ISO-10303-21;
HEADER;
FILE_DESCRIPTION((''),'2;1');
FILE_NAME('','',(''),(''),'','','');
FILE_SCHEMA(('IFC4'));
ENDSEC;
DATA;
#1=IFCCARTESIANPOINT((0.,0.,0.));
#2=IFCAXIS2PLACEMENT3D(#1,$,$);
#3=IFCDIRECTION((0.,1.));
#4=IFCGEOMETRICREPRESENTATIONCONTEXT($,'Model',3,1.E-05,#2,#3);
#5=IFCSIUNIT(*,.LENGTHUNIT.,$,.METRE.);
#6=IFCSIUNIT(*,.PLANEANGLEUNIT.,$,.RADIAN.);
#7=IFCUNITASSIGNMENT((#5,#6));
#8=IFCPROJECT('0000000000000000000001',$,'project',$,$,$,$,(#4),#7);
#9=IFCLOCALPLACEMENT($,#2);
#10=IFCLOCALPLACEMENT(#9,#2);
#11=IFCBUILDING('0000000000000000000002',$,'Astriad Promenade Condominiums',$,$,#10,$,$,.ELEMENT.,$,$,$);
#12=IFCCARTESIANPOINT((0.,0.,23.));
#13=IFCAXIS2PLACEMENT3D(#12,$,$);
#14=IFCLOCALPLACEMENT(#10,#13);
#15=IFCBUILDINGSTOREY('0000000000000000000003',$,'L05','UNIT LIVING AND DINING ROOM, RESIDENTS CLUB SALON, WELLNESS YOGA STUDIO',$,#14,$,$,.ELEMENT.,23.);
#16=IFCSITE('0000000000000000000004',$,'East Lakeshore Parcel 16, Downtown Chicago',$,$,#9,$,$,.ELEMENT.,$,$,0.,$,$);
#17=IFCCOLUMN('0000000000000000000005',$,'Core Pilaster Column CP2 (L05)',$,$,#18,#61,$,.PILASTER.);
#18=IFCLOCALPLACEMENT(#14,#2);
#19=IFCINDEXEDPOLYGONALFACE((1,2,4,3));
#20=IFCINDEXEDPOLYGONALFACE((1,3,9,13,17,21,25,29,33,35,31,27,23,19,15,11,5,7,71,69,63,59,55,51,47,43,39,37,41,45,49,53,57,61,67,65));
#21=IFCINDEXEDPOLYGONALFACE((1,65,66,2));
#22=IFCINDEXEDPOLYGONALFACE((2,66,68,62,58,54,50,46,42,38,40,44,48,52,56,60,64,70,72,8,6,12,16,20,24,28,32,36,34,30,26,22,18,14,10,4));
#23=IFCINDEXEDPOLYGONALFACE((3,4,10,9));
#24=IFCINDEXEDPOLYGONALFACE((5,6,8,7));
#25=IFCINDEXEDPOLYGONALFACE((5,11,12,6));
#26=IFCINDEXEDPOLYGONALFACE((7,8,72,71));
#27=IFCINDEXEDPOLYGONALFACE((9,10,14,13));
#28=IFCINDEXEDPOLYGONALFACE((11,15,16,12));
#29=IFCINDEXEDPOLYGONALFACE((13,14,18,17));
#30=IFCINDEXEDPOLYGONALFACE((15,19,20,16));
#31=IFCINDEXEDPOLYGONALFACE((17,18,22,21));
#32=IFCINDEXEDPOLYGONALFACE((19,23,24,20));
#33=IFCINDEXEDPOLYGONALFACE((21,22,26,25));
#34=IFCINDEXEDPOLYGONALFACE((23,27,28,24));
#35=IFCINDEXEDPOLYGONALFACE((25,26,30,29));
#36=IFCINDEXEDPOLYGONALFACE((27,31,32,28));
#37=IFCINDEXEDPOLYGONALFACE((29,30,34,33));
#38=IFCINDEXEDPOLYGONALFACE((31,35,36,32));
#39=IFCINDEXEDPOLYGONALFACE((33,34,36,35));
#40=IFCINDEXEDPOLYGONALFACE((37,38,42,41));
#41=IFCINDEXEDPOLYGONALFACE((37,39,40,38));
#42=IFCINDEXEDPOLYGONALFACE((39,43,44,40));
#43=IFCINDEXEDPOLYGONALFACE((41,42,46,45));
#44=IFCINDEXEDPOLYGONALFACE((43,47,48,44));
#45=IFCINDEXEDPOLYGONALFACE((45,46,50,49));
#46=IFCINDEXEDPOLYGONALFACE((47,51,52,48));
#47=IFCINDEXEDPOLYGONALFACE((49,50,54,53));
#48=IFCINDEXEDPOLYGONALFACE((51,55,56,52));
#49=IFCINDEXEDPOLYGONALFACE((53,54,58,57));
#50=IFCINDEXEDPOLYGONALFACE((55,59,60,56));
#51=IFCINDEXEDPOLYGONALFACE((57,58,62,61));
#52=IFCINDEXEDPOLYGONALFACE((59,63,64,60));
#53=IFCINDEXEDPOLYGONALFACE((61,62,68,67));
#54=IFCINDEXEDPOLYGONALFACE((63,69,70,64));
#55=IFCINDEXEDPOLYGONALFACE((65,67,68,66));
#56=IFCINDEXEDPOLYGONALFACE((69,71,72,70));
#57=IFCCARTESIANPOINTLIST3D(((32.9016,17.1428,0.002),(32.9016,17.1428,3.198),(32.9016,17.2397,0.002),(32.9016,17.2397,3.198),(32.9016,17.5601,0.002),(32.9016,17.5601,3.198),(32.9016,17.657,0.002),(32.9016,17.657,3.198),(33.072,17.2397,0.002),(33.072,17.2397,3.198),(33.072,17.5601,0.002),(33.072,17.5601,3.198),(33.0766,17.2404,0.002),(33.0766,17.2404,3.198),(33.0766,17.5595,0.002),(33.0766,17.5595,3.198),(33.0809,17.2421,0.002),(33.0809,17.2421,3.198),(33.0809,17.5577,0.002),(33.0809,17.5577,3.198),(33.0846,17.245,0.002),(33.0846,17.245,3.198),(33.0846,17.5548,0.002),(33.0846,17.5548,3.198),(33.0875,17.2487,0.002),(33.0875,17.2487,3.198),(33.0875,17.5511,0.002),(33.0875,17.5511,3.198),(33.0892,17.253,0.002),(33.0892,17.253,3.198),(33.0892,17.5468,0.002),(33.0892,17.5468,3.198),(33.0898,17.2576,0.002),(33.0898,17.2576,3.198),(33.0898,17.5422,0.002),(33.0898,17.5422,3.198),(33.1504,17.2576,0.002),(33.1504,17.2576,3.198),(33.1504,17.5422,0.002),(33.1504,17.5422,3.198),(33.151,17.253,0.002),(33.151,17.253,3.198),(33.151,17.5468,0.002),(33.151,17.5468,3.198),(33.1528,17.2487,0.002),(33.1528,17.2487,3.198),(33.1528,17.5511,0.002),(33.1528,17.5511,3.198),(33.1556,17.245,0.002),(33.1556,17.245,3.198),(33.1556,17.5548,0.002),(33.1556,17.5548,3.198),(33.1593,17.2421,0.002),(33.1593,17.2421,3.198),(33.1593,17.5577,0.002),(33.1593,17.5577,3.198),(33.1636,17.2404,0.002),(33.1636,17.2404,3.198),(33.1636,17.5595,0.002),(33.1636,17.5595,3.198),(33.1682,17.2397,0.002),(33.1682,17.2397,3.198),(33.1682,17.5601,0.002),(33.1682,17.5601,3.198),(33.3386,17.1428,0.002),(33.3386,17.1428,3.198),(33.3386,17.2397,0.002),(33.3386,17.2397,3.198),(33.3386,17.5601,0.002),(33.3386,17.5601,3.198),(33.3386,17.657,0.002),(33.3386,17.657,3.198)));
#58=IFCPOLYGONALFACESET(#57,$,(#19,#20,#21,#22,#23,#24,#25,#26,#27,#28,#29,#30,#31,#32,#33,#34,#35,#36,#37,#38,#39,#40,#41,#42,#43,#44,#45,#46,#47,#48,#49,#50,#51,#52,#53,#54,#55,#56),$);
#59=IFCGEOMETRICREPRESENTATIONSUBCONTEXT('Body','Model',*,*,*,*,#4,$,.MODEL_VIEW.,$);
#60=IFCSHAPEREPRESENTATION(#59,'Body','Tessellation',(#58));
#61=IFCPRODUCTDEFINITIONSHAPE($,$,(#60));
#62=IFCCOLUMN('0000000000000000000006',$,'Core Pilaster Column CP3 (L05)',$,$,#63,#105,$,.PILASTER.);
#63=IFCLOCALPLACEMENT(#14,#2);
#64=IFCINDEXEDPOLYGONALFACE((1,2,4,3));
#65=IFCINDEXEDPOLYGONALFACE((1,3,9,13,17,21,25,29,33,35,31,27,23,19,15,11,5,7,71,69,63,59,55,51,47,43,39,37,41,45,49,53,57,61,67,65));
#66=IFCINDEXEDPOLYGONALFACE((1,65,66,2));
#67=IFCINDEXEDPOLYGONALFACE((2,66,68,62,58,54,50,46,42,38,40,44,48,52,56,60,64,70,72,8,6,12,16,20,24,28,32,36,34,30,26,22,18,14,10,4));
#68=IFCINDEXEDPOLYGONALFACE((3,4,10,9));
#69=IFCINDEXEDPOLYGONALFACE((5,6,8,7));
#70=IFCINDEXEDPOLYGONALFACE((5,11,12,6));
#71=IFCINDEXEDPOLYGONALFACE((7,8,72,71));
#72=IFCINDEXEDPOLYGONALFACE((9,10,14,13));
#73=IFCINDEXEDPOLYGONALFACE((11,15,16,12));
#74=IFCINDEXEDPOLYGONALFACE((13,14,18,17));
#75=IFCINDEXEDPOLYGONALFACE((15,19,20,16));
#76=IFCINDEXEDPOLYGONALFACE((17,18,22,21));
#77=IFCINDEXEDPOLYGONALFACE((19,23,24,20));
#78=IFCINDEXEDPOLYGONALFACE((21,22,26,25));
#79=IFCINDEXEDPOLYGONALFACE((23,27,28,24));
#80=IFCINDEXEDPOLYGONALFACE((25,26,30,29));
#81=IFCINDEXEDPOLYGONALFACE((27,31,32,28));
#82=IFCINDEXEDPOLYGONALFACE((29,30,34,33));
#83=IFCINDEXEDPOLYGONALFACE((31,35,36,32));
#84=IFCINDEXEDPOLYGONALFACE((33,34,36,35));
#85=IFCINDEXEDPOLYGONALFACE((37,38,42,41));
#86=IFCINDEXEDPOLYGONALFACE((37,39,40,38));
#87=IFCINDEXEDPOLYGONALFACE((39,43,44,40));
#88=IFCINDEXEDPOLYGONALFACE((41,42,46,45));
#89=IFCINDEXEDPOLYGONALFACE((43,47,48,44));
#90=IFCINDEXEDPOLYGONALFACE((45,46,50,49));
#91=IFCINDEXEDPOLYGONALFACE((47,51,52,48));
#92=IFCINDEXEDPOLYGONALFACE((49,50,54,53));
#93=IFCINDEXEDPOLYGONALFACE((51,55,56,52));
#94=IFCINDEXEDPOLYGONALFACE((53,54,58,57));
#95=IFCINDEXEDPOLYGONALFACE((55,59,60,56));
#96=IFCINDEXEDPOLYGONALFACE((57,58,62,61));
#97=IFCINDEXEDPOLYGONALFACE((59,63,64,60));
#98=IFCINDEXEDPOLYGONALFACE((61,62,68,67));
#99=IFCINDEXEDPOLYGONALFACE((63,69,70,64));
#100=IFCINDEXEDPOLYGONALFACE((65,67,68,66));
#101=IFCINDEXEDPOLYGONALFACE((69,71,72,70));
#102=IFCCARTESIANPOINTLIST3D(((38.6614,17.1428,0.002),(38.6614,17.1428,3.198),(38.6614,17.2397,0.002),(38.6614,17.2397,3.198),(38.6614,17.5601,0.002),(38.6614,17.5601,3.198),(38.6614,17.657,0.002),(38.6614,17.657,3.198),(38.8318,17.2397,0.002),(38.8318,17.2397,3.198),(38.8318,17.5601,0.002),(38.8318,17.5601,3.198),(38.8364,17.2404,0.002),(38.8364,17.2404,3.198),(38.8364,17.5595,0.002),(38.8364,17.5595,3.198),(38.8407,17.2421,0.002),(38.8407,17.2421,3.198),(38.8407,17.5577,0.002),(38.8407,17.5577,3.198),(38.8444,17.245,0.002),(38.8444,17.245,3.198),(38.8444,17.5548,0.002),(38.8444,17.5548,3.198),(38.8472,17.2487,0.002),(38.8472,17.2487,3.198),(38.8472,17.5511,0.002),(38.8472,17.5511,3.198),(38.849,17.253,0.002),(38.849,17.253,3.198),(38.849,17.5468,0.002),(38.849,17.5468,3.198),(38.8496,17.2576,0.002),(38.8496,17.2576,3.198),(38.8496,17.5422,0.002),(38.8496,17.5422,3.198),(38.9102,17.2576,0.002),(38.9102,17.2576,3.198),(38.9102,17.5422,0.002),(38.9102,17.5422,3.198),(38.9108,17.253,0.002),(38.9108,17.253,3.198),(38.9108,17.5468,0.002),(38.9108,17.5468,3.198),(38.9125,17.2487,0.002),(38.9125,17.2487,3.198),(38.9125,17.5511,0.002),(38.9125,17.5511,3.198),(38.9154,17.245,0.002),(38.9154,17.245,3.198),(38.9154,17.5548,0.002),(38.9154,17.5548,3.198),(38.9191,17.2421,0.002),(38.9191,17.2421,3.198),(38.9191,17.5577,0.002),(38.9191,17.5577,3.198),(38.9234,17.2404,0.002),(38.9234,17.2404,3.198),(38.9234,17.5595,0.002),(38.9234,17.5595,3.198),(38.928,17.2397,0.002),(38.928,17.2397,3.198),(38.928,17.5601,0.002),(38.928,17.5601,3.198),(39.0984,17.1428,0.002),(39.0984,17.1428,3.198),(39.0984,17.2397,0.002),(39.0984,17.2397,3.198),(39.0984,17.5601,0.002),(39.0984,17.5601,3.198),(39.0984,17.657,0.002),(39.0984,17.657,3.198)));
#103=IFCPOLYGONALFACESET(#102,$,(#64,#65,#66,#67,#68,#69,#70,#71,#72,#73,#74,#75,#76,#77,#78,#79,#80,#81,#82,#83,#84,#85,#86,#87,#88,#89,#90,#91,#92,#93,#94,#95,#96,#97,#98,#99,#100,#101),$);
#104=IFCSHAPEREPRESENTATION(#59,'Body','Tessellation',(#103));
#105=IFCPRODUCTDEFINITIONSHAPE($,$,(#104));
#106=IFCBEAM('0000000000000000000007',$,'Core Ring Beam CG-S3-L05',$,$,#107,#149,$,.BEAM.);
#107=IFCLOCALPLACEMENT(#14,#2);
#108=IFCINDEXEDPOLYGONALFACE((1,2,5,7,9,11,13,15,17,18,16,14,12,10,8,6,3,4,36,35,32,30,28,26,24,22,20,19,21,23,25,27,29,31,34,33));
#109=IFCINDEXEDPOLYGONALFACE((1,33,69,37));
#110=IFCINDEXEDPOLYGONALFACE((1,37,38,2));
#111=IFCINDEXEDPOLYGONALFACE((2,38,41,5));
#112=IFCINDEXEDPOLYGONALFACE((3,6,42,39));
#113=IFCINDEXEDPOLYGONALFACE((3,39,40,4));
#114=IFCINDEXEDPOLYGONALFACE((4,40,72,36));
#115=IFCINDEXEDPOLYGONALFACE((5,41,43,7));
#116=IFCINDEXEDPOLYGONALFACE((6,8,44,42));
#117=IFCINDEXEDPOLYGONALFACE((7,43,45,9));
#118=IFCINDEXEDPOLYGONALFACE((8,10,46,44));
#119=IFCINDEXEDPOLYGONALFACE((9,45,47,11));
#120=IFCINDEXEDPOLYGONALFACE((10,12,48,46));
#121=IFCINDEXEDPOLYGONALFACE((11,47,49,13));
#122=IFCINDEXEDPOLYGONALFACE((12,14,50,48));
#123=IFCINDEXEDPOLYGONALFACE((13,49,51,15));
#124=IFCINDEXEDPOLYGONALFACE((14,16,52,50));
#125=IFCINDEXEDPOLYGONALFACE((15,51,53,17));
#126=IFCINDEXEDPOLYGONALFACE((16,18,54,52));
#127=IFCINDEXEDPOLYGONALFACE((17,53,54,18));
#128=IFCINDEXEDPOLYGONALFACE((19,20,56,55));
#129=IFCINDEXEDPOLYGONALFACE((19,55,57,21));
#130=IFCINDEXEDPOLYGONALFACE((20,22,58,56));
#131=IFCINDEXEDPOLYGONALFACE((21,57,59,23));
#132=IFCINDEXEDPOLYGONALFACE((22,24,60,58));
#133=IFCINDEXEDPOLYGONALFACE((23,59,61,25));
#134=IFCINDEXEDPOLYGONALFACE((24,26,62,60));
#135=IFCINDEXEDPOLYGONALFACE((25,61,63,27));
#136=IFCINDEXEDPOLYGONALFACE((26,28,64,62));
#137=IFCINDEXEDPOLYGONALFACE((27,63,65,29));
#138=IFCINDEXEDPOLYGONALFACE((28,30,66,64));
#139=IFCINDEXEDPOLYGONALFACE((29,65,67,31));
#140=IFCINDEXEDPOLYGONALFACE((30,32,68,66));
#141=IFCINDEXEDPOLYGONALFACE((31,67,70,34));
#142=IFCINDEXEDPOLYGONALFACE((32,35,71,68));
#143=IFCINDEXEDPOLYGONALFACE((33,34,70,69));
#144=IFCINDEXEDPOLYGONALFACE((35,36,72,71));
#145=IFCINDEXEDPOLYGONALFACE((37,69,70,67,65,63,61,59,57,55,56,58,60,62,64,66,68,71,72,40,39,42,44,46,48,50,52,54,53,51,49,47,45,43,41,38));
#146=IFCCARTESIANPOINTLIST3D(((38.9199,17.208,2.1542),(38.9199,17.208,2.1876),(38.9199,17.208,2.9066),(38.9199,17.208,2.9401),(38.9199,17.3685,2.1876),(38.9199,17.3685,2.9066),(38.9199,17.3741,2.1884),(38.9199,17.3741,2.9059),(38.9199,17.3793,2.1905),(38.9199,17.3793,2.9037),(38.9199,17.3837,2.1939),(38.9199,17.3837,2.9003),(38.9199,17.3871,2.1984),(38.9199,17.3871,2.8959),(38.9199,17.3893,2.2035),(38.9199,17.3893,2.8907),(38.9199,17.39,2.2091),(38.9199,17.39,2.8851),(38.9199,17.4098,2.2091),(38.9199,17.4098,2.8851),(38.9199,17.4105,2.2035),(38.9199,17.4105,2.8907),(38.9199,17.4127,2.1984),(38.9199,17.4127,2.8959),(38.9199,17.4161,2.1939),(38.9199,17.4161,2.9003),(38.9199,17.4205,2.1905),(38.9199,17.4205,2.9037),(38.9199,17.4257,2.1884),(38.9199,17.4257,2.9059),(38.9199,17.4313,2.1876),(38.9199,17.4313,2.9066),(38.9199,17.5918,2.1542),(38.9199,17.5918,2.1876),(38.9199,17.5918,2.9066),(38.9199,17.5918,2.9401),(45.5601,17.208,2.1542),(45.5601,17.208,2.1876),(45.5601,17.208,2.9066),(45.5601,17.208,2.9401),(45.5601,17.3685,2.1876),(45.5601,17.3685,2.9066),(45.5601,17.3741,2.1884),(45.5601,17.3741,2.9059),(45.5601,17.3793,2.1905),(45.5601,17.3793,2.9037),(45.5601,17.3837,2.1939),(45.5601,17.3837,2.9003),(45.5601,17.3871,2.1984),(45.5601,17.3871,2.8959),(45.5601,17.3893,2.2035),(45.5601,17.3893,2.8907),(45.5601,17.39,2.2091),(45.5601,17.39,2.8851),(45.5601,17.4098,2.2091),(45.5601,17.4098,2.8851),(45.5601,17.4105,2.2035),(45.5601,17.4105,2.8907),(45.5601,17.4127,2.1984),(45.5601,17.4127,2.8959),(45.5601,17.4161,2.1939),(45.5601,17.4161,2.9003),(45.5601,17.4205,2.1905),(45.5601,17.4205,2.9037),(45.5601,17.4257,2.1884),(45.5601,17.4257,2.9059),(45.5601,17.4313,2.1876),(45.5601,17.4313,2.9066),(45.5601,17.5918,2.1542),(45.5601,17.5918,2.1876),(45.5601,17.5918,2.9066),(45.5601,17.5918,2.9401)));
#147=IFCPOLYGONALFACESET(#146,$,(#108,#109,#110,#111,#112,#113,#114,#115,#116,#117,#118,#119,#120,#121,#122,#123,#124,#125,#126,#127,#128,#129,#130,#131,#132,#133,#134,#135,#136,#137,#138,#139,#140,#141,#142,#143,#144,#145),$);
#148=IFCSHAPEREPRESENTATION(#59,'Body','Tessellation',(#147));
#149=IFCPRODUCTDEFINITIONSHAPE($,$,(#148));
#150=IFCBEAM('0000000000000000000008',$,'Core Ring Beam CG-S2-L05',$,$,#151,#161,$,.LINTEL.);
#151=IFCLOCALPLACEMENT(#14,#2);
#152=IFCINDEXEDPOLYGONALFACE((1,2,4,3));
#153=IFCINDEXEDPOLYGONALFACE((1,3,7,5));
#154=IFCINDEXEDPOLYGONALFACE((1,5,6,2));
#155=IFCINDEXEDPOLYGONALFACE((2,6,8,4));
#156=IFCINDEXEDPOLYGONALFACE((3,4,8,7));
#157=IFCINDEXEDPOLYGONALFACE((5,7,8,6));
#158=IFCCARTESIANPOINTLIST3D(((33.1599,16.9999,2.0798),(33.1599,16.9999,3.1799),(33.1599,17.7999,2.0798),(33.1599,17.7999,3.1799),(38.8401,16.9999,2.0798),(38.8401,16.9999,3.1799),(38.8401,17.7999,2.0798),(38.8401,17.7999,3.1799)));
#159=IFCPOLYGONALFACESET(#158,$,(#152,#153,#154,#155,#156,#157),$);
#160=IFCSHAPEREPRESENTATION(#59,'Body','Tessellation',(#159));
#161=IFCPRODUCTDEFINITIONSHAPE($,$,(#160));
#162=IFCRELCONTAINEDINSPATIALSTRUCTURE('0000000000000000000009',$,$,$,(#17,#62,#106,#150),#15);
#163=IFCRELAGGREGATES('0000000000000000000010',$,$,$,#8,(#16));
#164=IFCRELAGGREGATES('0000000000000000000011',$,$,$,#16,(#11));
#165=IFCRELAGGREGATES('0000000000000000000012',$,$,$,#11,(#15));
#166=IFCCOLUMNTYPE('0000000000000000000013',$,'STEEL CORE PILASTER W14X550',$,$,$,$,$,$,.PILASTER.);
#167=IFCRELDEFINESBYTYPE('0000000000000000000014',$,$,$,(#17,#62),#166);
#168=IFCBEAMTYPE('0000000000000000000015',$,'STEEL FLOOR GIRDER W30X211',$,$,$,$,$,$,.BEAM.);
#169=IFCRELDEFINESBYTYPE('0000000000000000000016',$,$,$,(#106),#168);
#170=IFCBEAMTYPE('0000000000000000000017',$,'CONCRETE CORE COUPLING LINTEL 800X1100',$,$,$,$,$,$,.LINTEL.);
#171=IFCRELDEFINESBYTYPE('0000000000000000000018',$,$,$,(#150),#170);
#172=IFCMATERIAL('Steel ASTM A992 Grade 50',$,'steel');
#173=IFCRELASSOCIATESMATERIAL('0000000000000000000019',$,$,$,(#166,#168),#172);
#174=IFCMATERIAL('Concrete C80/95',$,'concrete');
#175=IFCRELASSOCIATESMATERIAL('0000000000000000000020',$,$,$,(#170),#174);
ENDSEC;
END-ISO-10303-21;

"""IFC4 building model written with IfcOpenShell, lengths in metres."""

from ifc_helpers import new_model, si_unit, direction, frame, origin, origin_2d, place, context, subcontext, project, spatial, rectangle, i_section, extrude, source, transform, mapped, material, material_profile, profile_set, type_object, type_shapes, element, save


model = new_model("IFC4")

# Units and contexts
model_context = context("Model", 3, precision=1e-05, world=origin(), true_north=direction((0.0, 1.0)))
body_context = subcontext(model_context, "Body", "Model", "MODEL_VIEW")
ifc_project = project(units=[si_unit("LENGTHUNIT", "METRE"), si_unit("PLANEANGLEUNIT", "RADIAN")], contexts=[model_context])

# Site, building, storey
site_placement = place(None, origin())
site = spatial("IfcSite", under=ifc_project, at=site_placement, Name="East Lakeshore Parcel 16, Downtown Chicago", CompositionType="ELEMENT", RefElevation=0.0)
building_placement = place(site_placement, origin())
building = spatial("IfcBuilding", under=site, at=building_placement, Name="Astriad Promenade Condominiums", CompositionType="ELEMENT")
storey_placement = place(building_placement, frame((0.0, 0.0, 23.0)))
storey = spatial("IfcBuildingStorey", under=building, at=storey_placement, Name="L05", Description="UNIT LIVING AND DINING ROOM, RESIDENTS CLUB SALON, WELLNESS YOGA STUDIO", CompositionType="ELEMENT", Elevation=23.0)

# Columns
ifc_material_1 = material(Name="Steel ASTM A992 Grade 50", Category="steel")
ifc_material_profile_1 = material_profile(ifc_material_1, i_section(OverallWidth=0.437, OverallDepth=0.5142, WebThickness=0.0605, FlangeThickness=0.0969, FilletRadius=0.0178, at=origin_2d()), Name="W14X550")
ifc_profile_set_1 = profile_set([ifc_material_profile_1], Name="Steel ASTM A992 Grade 50")
column_type = type_object("IfcColumnType", Name="STEEL CORE PILASTER W14X550", PredefinedType="PILASTER", material=ifc_profile_set_1)
shared_shape_1 = source(origin(), body_context, "Body", "SweptSolid", [
    extrude(i_section(OverallWidth=0.437, OverallDepth=0.5142, WebThickness=0.0605, FlangeThickness=0.0969, FilletRadius=0.0178, at=origin_2d()), origin(), (0.0, 0.0, 1.0), 3.196),
])
type_shapes(column_type, [shared_shape_1])
for number, where, z_axis, x_axis, name in (
    (1, (33.1201, 17.3999, 0.002), (0.0, 0.0, 1.0), (1.0, 0.0, 0.0), "Core Pilaster Column CP2 (L05)"),
    (2, (38.8799, 17.3999, 0.002), (0.0, 0.0, 1.0), (1.0, 0.0, 0.0), "Core Pilaster Column CP3 (L05)"),
):
    element("IfcColumn", number, at=place(storey_placement, frame(where, z_axis=z_axis, x_axis=x_axis)), inside=storey, type_object=column_type, Name=name, PredefinedType="PILASTER", context=body_context, shape_type="MappedRepresentation", body=[
        mapped(shared_shape_1, transform((0.0, 0.0, 0.0), scale=1.0)),
    ])

# Beams
ifc_material_profile_2 = material_profile(ifc_material_1, i_section(OverallWidth=0.3838, OverallDepth=0.7859, WebThickness=0.0198, FlangeThickness=0.0334, FilletRadius=0.0215, at=origin_2d()), Name="W30X211")
ifc_profile_set_2 = profile_set([ifc_material_profile_2], Name="Steel ASTM A992 Grade 50")
beam_type_1 = type_object("IfcBeamType", Name="STEEL FLOOR GIRDER W30X211", PredefinedType="BEAM", material=ifc_profile_set_2)
shared_shape_2 = source(origin(), body_context, "Body", "SweptSolid", [
    extrude(i_section(OverallWidth=0.3838, OverallDepth=0.7859, WebThickness=0.0198, FlangeThickness=0.0334, FilletRadius=0.0215, at=origin_2d()), origin(), (0.0, 0.0, 1.0), 6.6401),
])
beam_1_placement = place(storey_placement, frame((38.9199, 17.3999, 2.5471), z_axis=(1.0, 0.0, 0.0), x_axis=(0.0, 1.0, 0.0)))
element("IfcBeam", 3, at=beam_1_placement, inside=storey, type_object=beam_type_1, Name="Core Ring Beam CG-S3-L05", PredefinedType="BEAM", context=body_context, shape_type="MappedRepresentation", body=[
    mapped(shared_shape_2, transform((0.0, 0.0, 0.0), scale=1.0)),
])
ifc_material_2 = material(Name="Concrete C80/95", Category="concrete")
ifc_material_profile_3 = material_profile(ifc_material_2, rectangle(XDim=0.8, YDim=1.1001, at=origin_2d()), Name="RC-BM-800X1100")
ifc_profile_set_3 = profile_set([ifc_material_profile_3], Name="Concrete C80/95")
beam_type_2 = type_object("IfcBeamType", Name="CONCRETE CORE COUPLING LINTEL 800X1100", PredefinedType="LINTEL", material=ifc_profile_set_3)
shared_shape_3 = source(origin(), body_context, "Body", "SweptSolid", [
    extrude(rectangle(XDim=0.8, YDim=1.1001, at=origin_2d()), origin(), (0.0, 0.0, 1.0), 5.6802),
])
type_shapes(beam_type_2, [shared_shape_3])
beam_2_placement = place(storey_placement, frame((33.1599, 17.3999, 2.6299), z_axis=(1.0, 0.0, 0.0), x_axis=(0.0, 1.0, 0.0)))
element("IfcBeam", 4, at=beam_2_placement, inside=storey, type_object=beam_type_2, Name="Core Ring Beam CG-S2-L05", PredefinedType="LINTEL", context=body_context, shape_type="MappedRepresentation", body=[
    mapped(shared_shape_3, transform((0.0, 0.0, 0.0), scale=1.0)),
])

save(model, "model.ifc")
